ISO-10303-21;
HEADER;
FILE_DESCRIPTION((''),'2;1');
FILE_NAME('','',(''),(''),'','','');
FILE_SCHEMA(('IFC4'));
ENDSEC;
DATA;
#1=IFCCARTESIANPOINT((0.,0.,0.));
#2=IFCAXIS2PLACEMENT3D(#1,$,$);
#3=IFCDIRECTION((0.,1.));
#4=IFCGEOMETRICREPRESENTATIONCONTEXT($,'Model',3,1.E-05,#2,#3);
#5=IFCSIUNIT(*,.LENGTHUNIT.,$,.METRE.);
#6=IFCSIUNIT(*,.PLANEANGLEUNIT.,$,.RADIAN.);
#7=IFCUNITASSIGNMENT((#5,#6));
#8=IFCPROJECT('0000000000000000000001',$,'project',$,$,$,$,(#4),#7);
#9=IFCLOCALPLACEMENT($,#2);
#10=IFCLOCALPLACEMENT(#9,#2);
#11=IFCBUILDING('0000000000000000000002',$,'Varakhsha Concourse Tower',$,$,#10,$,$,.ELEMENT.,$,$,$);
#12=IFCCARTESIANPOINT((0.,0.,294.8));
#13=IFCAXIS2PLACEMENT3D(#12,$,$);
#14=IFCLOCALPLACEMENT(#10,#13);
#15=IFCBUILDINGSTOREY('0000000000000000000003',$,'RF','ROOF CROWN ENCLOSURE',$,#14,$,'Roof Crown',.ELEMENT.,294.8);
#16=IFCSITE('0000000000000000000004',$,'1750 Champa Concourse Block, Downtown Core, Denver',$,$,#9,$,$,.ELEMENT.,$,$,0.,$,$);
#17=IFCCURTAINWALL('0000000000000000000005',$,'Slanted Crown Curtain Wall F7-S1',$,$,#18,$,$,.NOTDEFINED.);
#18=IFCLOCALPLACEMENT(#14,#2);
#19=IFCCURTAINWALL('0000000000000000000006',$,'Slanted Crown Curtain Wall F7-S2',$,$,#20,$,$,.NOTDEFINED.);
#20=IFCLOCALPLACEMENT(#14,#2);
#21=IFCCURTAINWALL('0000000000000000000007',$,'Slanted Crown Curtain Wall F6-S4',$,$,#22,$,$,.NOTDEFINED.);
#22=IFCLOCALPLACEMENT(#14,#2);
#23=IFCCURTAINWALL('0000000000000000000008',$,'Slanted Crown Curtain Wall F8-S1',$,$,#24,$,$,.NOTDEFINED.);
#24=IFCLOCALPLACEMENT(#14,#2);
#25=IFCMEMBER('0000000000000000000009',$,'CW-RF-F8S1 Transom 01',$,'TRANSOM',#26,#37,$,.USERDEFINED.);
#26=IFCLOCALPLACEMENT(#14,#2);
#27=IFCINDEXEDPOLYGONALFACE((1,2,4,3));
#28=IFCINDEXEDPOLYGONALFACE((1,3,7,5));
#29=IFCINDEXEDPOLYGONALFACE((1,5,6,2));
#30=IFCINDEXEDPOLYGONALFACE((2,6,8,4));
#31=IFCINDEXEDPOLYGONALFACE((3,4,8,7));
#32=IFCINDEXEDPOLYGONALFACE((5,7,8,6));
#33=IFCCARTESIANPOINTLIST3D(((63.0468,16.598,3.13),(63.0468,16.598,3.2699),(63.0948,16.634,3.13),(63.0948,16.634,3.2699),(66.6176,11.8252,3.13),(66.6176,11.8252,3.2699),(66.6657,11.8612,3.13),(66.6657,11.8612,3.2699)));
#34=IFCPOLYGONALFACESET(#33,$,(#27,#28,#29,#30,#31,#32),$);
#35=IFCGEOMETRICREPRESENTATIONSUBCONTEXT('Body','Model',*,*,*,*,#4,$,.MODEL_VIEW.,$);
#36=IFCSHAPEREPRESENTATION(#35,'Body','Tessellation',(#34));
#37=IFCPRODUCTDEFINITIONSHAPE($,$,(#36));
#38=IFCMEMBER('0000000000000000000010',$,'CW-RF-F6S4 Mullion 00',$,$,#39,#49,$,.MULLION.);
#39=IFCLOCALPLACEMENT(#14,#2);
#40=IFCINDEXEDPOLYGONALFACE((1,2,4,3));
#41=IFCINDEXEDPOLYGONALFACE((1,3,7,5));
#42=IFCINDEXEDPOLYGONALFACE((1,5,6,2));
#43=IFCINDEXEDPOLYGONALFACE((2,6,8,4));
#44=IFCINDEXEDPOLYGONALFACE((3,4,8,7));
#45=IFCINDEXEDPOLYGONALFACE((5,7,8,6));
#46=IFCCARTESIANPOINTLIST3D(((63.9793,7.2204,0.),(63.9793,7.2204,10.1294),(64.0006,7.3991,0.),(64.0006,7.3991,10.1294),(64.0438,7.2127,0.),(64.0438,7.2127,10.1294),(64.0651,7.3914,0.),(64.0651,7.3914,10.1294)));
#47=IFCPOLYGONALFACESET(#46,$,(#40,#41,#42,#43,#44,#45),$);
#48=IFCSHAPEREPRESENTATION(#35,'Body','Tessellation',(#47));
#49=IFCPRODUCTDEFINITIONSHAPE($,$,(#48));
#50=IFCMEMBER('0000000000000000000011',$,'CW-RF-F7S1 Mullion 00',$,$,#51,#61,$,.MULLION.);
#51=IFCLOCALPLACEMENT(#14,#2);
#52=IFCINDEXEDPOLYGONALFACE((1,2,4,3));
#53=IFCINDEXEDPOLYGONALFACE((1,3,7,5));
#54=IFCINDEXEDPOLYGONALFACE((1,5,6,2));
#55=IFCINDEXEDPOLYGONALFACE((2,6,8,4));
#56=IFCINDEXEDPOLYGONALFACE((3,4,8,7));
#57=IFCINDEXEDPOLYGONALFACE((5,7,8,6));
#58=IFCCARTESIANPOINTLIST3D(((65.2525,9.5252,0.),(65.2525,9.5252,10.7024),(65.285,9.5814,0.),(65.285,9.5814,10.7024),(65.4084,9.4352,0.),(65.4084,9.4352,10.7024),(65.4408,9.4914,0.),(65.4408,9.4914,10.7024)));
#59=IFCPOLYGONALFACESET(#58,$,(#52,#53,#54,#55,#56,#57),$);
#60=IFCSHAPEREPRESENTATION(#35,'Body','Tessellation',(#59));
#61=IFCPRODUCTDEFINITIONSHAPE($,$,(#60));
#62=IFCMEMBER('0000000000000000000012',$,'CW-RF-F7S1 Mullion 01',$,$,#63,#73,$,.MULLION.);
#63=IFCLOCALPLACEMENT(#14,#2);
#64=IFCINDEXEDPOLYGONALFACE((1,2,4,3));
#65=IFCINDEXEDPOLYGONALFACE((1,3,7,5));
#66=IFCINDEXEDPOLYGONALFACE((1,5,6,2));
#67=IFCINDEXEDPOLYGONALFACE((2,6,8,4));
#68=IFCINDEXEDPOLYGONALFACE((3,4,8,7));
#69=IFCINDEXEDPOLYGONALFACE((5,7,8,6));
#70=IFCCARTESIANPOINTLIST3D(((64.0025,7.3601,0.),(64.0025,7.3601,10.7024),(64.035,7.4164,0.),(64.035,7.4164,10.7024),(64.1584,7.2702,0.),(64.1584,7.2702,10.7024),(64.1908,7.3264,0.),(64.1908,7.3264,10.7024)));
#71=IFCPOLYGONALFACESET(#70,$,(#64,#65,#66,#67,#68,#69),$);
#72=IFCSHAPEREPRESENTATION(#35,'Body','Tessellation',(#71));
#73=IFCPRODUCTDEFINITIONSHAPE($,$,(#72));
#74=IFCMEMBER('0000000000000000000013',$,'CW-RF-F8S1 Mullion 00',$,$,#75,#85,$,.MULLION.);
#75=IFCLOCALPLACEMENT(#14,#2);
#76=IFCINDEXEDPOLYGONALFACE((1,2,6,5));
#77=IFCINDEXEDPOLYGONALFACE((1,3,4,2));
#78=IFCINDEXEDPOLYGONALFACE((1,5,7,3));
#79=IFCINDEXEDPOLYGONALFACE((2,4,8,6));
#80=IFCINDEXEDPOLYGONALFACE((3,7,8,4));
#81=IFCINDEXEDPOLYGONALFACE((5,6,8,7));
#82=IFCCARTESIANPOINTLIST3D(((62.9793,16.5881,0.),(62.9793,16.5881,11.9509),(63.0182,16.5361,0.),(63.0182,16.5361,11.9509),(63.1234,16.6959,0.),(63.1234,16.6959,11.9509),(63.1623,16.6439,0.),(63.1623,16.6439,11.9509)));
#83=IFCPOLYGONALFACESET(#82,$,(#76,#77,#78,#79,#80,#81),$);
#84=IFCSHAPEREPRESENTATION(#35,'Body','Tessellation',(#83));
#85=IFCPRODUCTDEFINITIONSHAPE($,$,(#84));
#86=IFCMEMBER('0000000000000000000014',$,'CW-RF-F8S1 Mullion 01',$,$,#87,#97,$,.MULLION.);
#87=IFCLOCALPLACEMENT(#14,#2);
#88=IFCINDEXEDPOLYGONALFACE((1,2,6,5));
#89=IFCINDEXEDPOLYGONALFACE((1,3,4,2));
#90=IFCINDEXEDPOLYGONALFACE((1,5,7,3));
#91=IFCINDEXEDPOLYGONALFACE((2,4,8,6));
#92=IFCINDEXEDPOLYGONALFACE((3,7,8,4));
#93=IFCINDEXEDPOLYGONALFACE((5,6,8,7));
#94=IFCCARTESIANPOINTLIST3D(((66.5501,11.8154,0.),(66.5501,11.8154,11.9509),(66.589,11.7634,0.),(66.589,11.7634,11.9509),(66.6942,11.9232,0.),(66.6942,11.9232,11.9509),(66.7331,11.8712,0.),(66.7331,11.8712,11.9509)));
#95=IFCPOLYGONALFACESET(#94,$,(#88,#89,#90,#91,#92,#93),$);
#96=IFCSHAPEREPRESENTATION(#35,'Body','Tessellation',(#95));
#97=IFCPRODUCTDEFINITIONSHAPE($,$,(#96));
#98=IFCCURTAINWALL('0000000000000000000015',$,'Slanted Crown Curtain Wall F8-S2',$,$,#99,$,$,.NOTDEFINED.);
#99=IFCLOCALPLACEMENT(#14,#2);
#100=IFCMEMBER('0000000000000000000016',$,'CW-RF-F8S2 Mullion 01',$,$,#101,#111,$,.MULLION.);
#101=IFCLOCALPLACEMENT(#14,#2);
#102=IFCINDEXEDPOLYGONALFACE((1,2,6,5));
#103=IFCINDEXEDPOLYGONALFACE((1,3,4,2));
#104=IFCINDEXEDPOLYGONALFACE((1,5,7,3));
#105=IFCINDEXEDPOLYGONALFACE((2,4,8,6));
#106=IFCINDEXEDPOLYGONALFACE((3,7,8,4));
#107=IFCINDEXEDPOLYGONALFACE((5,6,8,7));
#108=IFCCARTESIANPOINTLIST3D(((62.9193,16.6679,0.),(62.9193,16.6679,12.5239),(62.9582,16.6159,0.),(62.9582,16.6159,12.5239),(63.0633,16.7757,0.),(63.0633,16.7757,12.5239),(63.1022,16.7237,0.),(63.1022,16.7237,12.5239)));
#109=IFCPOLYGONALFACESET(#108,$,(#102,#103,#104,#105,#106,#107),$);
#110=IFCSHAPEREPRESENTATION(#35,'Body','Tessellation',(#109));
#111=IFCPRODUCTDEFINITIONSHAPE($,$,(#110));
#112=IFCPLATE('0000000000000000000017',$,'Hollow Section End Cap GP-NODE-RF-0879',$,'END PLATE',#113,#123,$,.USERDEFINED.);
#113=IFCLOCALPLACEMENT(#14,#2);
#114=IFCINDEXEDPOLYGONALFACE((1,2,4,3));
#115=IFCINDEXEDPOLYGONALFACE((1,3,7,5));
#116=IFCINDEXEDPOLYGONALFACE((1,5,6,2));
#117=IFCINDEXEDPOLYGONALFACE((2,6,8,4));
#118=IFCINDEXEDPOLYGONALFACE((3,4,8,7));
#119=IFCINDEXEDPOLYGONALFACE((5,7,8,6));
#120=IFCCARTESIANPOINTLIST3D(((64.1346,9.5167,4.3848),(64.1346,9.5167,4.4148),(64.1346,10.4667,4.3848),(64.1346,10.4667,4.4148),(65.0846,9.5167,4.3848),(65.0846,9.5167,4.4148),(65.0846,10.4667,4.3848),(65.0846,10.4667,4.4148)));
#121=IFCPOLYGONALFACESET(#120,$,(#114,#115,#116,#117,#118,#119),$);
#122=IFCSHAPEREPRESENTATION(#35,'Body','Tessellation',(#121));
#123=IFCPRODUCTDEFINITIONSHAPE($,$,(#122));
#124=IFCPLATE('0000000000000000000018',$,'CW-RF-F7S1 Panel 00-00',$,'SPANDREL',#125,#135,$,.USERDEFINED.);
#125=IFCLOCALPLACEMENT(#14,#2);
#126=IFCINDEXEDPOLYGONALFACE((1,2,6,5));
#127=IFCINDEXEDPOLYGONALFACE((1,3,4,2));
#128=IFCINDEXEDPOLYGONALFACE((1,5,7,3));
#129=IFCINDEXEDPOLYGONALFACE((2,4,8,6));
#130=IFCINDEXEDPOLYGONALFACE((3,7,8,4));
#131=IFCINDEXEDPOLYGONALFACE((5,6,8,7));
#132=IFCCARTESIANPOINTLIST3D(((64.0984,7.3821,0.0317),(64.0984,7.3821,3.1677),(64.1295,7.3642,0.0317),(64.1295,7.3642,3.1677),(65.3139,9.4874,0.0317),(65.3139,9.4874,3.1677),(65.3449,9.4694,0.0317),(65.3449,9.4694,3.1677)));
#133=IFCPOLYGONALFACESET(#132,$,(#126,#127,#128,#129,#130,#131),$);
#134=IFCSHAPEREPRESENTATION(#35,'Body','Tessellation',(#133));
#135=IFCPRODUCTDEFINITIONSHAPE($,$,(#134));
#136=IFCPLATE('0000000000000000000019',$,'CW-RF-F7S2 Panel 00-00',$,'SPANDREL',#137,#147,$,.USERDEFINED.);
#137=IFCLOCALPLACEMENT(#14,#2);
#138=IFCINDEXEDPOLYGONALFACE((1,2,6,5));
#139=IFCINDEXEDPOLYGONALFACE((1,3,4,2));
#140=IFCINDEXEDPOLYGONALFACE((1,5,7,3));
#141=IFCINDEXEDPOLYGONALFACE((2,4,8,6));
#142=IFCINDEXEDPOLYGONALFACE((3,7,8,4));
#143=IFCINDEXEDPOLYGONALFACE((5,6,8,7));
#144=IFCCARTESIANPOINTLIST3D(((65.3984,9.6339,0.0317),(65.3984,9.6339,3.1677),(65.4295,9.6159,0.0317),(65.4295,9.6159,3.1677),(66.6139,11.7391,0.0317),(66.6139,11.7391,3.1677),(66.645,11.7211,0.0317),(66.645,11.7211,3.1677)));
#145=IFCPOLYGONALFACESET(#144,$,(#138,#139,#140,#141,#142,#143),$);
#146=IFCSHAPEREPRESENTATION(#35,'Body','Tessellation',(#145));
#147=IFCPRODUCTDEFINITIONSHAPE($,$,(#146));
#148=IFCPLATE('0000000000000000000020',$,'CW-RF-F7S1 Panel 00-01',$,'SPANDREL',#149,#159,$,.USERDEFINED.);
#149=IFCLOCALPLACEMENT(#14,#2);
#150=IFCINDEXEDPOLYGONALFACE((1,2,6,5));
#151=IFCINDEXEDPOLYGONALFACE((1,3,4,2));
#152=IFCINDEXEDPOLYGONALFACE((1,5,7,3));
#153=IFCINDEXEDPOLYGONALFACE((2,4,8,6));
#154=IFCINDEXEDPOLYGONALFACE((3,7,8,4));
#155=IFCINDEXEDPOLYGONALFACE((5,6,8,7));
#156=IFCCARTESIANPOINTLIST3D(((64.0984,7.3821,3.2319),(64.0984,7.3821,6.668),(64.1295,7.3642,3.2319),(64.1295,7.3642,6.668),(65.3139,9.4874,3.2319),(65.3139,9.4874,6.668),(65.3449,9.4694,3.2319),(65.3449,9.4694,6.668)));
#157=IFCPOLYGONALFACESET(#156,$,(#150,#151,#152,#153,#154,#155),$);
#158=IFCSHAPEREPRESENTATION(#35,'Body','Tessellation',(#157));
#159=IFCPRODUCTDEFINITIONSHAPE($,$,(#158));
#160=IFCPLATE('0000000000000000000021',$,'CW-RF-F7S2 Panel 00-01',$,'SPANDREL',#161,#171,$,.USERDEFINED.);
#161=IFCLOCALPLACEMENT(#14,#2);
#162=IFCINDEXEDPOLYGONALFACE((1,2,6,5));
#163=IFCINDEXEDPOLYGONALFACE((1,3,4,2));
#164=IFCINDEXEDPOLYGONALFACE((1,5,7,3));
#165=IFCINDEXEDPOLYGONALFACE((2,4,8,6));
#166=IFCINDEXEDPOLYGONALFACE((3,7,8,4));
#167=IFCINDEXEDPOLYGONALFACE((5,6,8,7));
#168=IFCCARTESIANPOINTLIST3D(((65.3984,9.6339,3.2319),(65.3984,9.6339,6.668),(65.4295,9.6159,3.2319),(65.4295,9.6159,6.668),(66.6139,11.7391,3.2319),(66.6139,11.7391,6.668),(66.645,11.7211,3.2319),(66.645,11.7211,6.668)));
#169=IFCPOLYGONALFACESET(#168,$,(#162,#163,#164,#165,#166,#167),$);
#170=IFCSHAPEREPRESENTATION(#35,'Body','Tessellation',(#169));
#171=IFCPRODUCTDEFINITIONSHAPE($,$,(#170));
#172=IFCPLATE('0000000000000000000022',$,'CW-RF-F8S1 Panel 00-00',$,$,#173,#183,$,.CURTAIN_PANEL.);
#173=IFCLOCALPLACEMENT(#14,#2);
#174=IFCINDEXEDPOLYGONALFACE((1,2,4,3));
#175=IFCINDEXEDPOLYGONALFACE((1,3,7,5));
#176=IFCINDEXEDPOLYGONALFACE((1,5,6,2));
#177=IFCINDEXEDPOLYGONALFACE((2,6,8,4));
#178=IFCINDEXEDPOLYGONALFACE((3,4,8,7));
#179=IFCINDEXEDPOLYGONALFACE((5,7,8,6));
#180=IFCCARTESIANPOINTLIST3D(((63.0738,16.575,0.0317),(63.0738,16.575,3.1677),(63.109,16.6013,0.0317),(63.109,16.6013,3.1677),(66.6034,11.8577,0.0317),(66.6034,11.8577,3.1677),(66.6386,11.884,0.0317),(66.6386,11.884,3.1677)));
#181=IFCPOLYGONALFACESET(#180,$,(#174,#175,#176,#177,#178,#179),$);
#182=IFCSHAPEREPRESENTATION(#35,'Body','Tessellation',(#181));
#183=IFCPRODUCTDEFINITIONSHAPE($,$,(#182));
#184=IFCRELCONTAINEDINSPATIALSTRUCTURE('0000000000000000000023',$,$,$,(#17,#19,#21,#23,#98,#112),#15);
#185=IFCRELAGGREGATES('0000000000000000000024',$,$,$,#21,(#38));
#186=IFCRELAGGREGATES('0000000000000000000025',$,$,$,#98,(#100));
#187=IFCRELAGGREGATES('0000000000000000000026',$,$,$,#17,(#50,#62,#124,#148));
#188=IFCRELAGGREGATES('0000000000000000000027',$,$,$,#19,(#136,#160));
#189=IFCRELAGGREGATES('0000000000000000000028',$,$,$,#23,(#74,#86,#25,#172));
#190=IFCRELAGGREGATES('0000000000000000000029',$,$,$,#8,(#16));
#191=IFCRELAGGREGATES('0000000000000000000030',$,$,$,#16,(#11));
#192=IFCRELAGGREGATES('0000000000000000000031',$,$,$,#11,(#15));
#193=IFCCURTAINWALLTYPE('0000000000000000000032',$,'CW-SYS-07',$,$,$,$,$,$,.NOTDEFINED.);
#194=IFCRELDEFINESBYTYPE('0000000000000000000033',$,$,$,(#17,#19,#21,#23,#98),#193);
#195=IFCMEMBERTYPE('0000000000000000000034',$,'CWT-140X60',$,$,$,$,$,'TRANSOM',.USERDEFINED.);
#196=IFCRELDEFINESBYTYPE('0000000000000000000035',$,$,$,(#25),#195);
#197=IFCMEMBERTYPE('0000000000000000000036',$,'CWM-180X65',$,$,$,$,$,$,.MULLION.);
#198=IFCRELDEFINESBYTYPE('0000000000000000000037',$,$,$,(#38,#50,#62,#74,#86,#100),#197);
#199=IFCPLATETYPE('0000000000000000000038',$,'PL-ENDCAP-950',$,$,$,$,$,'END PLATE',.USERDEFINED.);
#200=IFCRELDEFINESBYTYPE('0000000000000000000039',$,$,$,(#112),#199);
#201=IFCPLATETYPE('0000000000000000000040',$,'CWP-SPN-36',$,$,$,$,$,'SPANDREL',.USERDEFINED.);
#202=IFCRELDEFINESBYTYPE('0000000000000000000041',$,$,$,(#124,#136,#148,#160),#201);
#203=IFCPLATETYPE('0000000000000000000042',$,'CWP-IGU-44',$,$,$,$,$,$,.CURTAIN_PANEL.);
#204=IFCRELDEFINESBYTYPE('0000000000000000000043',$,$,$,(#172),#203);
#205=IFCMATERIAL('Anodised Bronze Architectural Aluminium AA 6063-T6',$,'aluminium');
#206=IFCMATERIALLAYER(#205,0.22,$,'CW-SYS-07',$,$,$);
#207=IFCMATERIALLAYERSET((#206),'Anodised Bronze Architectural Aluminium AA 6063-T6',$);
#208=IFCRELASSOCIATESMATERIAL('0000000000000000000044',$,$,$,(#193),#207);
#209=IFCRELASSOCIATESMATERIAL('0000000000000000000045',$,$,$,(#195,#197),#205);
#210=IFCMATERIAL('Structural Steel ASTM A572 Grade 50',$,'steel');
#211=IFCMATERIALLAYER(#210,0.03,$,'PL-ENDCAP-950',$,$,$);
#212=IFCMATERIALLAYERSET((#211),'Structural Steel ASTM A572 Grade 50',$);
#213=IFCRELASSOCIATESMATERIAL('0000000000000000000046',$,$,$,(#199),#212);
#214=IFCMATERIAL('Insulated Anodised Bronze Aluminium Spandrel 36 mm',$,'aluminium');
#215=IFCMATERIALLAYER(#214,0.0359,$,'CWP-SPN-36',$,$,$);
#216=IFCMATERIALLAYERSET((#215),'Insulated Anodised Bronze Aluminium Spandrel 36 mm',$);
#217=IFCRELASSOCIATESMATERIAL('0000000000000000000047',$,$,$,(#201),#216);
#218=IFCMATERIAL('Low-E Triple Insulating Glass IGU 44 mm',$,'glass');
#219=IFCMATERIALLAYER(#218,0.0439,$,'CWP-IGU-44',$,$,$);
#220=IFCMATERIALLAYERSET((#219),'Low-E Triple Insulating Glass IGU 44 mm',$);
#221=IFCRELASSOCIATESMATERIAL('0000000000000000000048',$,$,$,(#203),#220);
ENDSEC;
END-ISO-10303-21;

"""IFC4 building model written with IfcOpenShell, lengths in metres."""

from ifc_helpers import new_model, si_unit, direction, frame, origin, origin_2d, place, context, subcontext, project, spatial, rectangle, extrude, source, transform, mapped, material, layer, layer_set, material_profile, profile_set, type_object, type_shapes, element, aggregate, save


model = new_model("IFC4")

# Units and contexts
model_context = context("Model", 3, precision=1e-05, world=origin(), true_north=direction((0.0, 1.0)))
body_context = subcontext(model_context, "Body", "Model", "MODEL_VIEW")
ifc_project = project(units=[si_unit("LENGTHUNIT", "METRE"), si_unit("PLANEANGLEUNIT", "RADIAN")], contexts=[model_context])

# Site, building, storey
site_placement = place(None, origin())
site = spatial("IfcSite", under=ifc_project, at=site_placement, Name="1750 Champa Concourse Block, Downtown Core, Denver", CompositionType="ELEMENT", RefElevation=0.0)
building_placement = place(site_placement, origin())
building = spatial("IfcBuilding", under=site, at=building_placement, Name="Varakhsha Concourse Tower", CompositionType="ELEMENT")
storey_placement = place(building_placement, frame((0.0, 0.0, 294.8)))
storey = spatial("IfcBuildingStorey", under=building, at=storey_placement, Name="RF", Description="ROOF CROWN ENCLOSURE", LongName="Roof Crown", CompositionType="ELEMENT", Elevation=294.8)

# Shared definitions
ifc_material_1 = material(Name="Structural Steel ASTM A572 Grade 50", Category="steel")

# Curtain wall
ifc_material_2 = material(Name="Anodised Bronze Architectural Aluminium AA 6063-T6", Category="aluminium")
ifc_layer_1 = layer(ifc_material_2, 0.22, Name="CW-SYS-07")
ifc_layer_set_1 = layer_set([ifc_layer_1], Name="Anodised Bronze Architectural Aluminium AA 6063-T6")
curtain_wall_type = type_object("IfcCurtainWallType", Name="CW-SYS-07", PredefinedType="NOTDEFINED", material=ifc_layer_set_1)
curtain_wall_1_placement = place(storey_placement, origin())
curtain_wall_1 = element("IfcCurtainWall", 1, at=curtain_wall_1_placement, inside=storey, type_object=curtain_wall_type, Name="Slanted Crown Curtain Wall F7-S1", PredefinedType="NOTDEFINED")
ifc_material_profile_1 = material_profile(ifc_material_2, rectangle(XDim=0.0601, YDim=0.1399, at=origin_2d()), Name="CWT-140X60")
ifc_profile_set_1 = profile_set([ifc_material_profile_1], Name="Anodised Bronze Architectural Aluminium AA 6063-T6")
member_type_1 = type_object("IfcMemberType", Name="CWT-140X60", ElementType="TRANSOM", PredefinedType="USERDEFINED", material=ifc_profile_set_1)

# Curtain wall
curtain_wall_2_placement = place(storey_placement, origin())
curtain_wall_2 = element("IfcCurtainWall", 2, at=curtain_wall_2_placement, inside=storey, type_object=curtain_wall_type, Name="Slanted Crown Curtain Wall F7-S2", PredefinedType="NOTDEFINED")
ifc_material_profile_2 = material_profile(ifc_material_2, rectangle(XDim=0.0649, YDim=0.1799, at=origin_2d()), Name="CWM-180X65")
ifc_profile_set_2 = profile_set([ifc_material_profile_2], Name="Anodised Bronze Architectural Aluminium AA 6063-T6")
member_type_2 = type_object("IfcMemberType", Name="CWM-180X65", PredefinedType="MULLION", material=ifc_profile_set_2)

# Curtain walls, member
curtain_wall_3_placement = place(storey_placement, origin())
curtain_wall_3 = element("IfcCurtainWall", 3, at=curtain_wall_3_placement, inside=storey, type_object=curtain_wall_type, Name="Slanted Crown Curtain Wall F6-S4", PredefinedType="NOTDEFINED")
shared_shape_1 = source(origin(), body_context, "Body", "SweptSolid", [
    extrude(rectangle(XDim=0.0601, YDim=0.1399, at=origin_2d()), origin(), (0.0, 0.0, 1.0), 5.9607),
])
curtain_wall_4_placement = place(storey_placement, origin())
curtain_wall_4 = element("IfcCurtainWall", 4, at=curtain_wall_4_placement, inside=storey, type_object=curtain_wall_type, Name="Slanted Crown Curtain Wall F8-S1", PredefinedType="NOTDEFINED")
member_1_placement = place(storey_placement, frame((63.0708, 16.616, 3.2), z_axis=(0.599062, -0.800702, 0.0), x_axis=(0.800702, 0.599062, 0.0)))
member_1 = element("IfcMember", 5, at=member_1_placement, type_object=member_type_1, Name="CW-RF-F8S1 Transom 01", ObjectType="TRANSOM", PredefinedType="USERDEFINED", context=body_context, shape_type="MappedRepresentation", body=[
    mapped(shared_shape_1, transform((0.0, 0.0, 0.0), scale=1.0)),
])

# Members
shared_shape_2 = source(origin(), body_context, "Body", "SweptSolid", [
    extrude(rectangle(XDim=0.0649, YDim=0.1799, at=origin_2d()), origin(), (0.0, 0.0, 1.0), 10.1294),
])
member_2_placement = place(storey_placement, frame((64.0222, 7.3059, 0.0), z_axis=(0.0, 0.0, 1.0), x_axis=(-0.992951, 0.118525, 0.0)))
member_2 = element("IfcMember", 6, at=member_2_placement, type_object=member_type_2, Name="CW-RF-F6S4 Mullion 00", PredefinedType="MULLION", context=body_context, shape_type="MappedRepresentation", body=[
    mapped(shared_shape_2, transform((0.0, 0.0, 0.0), scale=1.0)),
])
aggregate(curtain_wall_3, [member_2])
shared_shape_3 = source(origin(), body_context, "Body", "SweptSolid", [
    extrude(rectangle(XDim=0.0649, YDim=0.1799, at=origin_2d()), origin(), (0.0, 0.0, 1.0), 10.7024),
])
member_3_placement = place(storey_placement, frame((65.3467, 9.5083, 0.0), z_axis=(0.0, 0.0, 1.0), x_axis=(-0.499994, -0.866029, 0.0)))
member_3 = element("IfcMember", 7, at=member_3_placement, type_object=member_type_2, Name="CW-RF-F7S1 Mullion 00", PredefinedType="MULLION", context=body_context, shape_type="MappedRepresentation", body=[
    mapped(shared_shape_3, transform((0.0, 0.0, 0.0), scale=1.0)),
])
member_4_placement = place(storey_placement, frame((64.0967, 7.3433, 0.0), z_axis=(0.0, 0.0, 1.0), x_axis=(-0.499994, -0.866029, 0.0)))
member_4 = element("IfcMember", 8, at=member_4_placement, type_object=member_type_2, Name="CW-RF-F7S1 Mullion 01", PredefinedType="MULLION", context=body_context, shape_type="MappedRepresentation", body=[
    mapped(shared_shape_3, transform((0.0, 0.0, 0.0), scale=1.0)),
])
shared_shape_4 = source(origin(), body_context, "Body", "SweptSolid", [
    extrude(rectangle(XDim=0.0649, YDim=0.1799, at=origin_2d()), origin(), (0.0, 0.0, 1.0), 11.9509),
])
member_5_placement = place(storey_placement, frame((63.0708, 16.616, 0.0), z_axis=(0.0, 0.0, 1.0), x_axis=(0.599092, -0.80068, 0.0)))
member_5 = element("IfcMember", 9, at=member_5_placement, type_object=member_type_2, Name="CW-RF-F8S1 Mullion 00", PredefinedType="MULLION", context=body_context, shape_type="MappedRepresentation", body=[
    mapped(shared_shape_4, transform((0.0, 0.0, 0.0), scale=1.0)),
])
member_6_placement = place(storey_placement, frame((66.6416, 11.8433, 0.0), z_axis=(0.0, 0.0, 1.0), x_axis=(0.599092, -0.80068, 0.0)))
member_6 = element("IfcMember", 10, at=member_6_placement, type_object=member_type_2, Name="CW-RF-F8S1 Mullion 01", PredefinedType="MULLION", context=body_context, shape_type="MappedRepresentation", body=[
    mapped(shared_shape_4, transform((0.0, 0.0, 0.0), scale=1.0)),
])

# Curtain wall, member
curtain_wall_5_placement = place(storey_placement, origin())
curtain_wall_5 = element("IfcCurtainWall", 11, at=curtain_wall_5_placement, inside=storey, type_object=curtain_wall_type, Name="Slanted Crown Curtain Wall F8-S2", PredefinedType="NOTDEFINED")
shared_shape_5 = source(origin(), body_context, "Body", "SweptSolid", [
    extrude(rectangle(XDim=0.0649, YDim=0.1799, at=origin_2d()), origin(), (0.0, 0.0, 1.0), 12.5239),
])
member_7_placement = place(storey_placement, frame((63.0107, 16.6958, 0.0), z_axis=(0.0, 0.0, 1.0), x_axis=(0.5991, -0.800674, 0.0)))
member_7 = element("IfcMember", 12, at=member_7_placement, type_object=member_type_2, Name="CW-RF-F8S2 Mullion 01", PredefinedType="MULLION", context=body_context, shape_type="MappedRepresentation", body=[
    mapped(shared_shape_5, transform((0.0, 0.0, 0.0), scale=1.0)),
])
aggregate(curtain_wall_5, [member_7])

# Plates
ifc_layer_2 = layer(ifc_material_1, 0.03, Name="PL-ENDCAP-950")
ifc_layer_set_2 = layer_set([ifc_layer_2], Name="Structural Steel ASTM A572 Grade 50")
plate_type_1 = type_object("IfcPlateType", Name="PL-ENDCAP-950", ElementType="END PLATE", PredefinedType="USERDEFINED", material=ifc_layer_set_2)
shared_shape_6 = source(origin(), body_context, "Body", "SweptSolid", [
    extrude(rectangle(XDim=0.95, YDim=0.95, at=origin_2d()), origin(), (0.0, 0.0, 1.0), 0.03),
])
type_shapes(plate_type_1, [shared_shape_6])
plate_1_placement = place(storey_placement, frame((64.6096, 9.9917, 4.3848), z_axis=(0.0, 0.0, 1.0), x_axis=(1.0, 0.0, 0.0)))
element("IfcPlate", 13, at=plate_1_placement, inside=storey, type_object=plate_type_1, Name="Hollow Section End Cap GP-NODE-RF-0879", ObjectType="END PLATE", PredefinedType="USERDEFINED", context=body_context, shape_type="MappedRepresentation", body=[
    mapped(shared_shape_6, transform((0.0, 0.0, 0.0), scale=1.0)),
])
ifc_material_3 = material(Name="Insulated Anodised Bronze Aluminium Spandrel 36 mm", Category="aluminium")
ifc_layer_3 = layer(ifc_material_3, 0.0359, Name="CWP-SPN-36")
ifc_layer_set_3 = layer_set([ifc_layer_3], Name="Insulated Anodised Bronze Aluminium Spandrel 36 mm")
plate_type_2 = type_object("IfcPlateType", Name="CWP-SPN-36", ElementType="SPANDREL", PredefinedType="USERDEFINED", material=ifc_layer_set_3)
shared_shape_7 = source(origin(), body_context, "Body", "SweptSolid", [
    extrude(rectangle(XDim=2.4309, YDim=0.0359, at=origin_2d()), origin(), (0.0, 0.0, 1.0), 3.136),
])
plate_2_placement = place(storey_placement, frame((64.7217, 8.4258, 0.0317), z_axis=(0.0, 0.0, 1.0), x_axis=(-0.499994, -0.866029, 0.0)))
plate_2 = element("IfcPlate", 14, at=plate_2_placement, type_object=plate_type_2, Name="CW-RF-F7S1 Panel 00-00", ObjectType="SPANDREL", PredefinedType="USERDEFINED", context=body_context, shape_type="MappedRepresentation", body=[
    mapped(shared_shape_7, transform((0.0, 0.0, 0.0), scale=1.0)),
])
plate_3_placement = place(storey_placement, frame((66.0217, 10.6775, 0.0317), z_axis=(0.0, 0.0, 1.0), x_axis=(-0.500011, -0.866019, 0.0)))
plate_3 = element("IfcPlate", 15, at=plate_3_placement, type_object=plate_type_2, Name="CW-RF-F7S2 Panel 00-00", ObjectType="SPANDREL", PredefinedType="USERDEFINED", context=body_context, shape_type="MappedRepresentation", body=[
    mapped(shared_shape_7, transform((0.0, 0.0, 0.0), scale=1.0)),
])
shared_shape_8 = source(origin(), body_context, "Body", "SweptSolid", [
    extrude(rectangle(XDim=2.4309, YDim=0.0359, at=origin_2d()), origin(), (0.0, 0.0, 1.0), 3.436),
])
type_shapes(plate_type_2, [shared_shape_7, shared_shape_8])
plate_4_placement = place(storey_placement, frame((64.7217, 8.4258, 3.2319), z_axis=(0.0, 0.0, 1.0), x_axis=(-0.499994, -0.866029, 0.0)))
plate_4 = element("IfcPlate", 16, at=plate_4_placement, type_object=plate_type_2, Name="CW-RF-F7S1 Panel 00-01", ObjectType="SPANDREL", PredefinedType="USERDEFINED", context=body_context, shape_type="MappedRepresentation", body=[
    mapped(shared_shape_8, transform((0.0, 0.0, 0.0), scale=1.0)),
])
aggregate(curtain_wall_1, [member_3, member_4, plate_2, plate_4])
plate_5_placement = place(storey_placement, frame((66.0217, 10.6775, 3.2319), z_axis=(0.0, 0.0, 1.0), x_axis=(-0.500011, -0.866019, 0.0)))
plate_5 = element("IfcPlate", 17, at=plate_5_placement, type_object=plate_type_2, Name="CW-RF-F7S2 Panel 00-01", ObjectType="SPANDREL", PredefinedType="USERDEFINED", context=body_context, shape_type="MappedRepresentation", body=[
    mapped(shared_shape_8, transform((0.0, 0.0, 0.0), scale=1.0)),
])
aggregate(curtain_wall_2, [plate_3, plate_5])
ifc_material_4 = material(Name="Low-E Triple Insulating Glass IGU 44 mm", Category="glass")
ifc_layer_4 = layer(ifc_material_4, 0.0439, Name="CWP-IGU-44")
ifc_layer_set_4 = layer_set([ifc_layer_4], Name="Low-E Triple Insulating Glass IGU 44 mm")
plate_type_3 = type_object("IfcPlateType", Name="CWP-IGU-44", PredefinedType="CURTAIN_PANEL", material=ifc_layer_set_4)
shared_shape_9 = source(origin(), body_context, "Body", "SweptSolid", [
    extrude(rectangle(XDim=5.8916, YDim=0.0439, at=origin_2d()), origin(), (0.0, 0.0, 1.0), 3.136),
])
plate_6_placement = place(storey_placement, frame((64.8562, 14.2295, 0.0317), z_axis=(0.0, 0.0, 1.0), x_axis=(0.599092, -0.80068, 0.0)))
plate_6 = element("IfcPlate", 18, at=plate_6_placement, type_object=plate_type_3, Name="CW-RF-F8S1 Panel 00-00", PredefinedType="CURTAIN_PANEL", context=body_context, shape_type="MappedRepresentation", body=[
    mapped(shared_shape_9, transform((0.0, 0.0, 0.0), scale=1.0)),
])
aggregate(curtain_wall_4, [member_5, member_6, member_1, plate_6])

save(model, "model.ifc")
